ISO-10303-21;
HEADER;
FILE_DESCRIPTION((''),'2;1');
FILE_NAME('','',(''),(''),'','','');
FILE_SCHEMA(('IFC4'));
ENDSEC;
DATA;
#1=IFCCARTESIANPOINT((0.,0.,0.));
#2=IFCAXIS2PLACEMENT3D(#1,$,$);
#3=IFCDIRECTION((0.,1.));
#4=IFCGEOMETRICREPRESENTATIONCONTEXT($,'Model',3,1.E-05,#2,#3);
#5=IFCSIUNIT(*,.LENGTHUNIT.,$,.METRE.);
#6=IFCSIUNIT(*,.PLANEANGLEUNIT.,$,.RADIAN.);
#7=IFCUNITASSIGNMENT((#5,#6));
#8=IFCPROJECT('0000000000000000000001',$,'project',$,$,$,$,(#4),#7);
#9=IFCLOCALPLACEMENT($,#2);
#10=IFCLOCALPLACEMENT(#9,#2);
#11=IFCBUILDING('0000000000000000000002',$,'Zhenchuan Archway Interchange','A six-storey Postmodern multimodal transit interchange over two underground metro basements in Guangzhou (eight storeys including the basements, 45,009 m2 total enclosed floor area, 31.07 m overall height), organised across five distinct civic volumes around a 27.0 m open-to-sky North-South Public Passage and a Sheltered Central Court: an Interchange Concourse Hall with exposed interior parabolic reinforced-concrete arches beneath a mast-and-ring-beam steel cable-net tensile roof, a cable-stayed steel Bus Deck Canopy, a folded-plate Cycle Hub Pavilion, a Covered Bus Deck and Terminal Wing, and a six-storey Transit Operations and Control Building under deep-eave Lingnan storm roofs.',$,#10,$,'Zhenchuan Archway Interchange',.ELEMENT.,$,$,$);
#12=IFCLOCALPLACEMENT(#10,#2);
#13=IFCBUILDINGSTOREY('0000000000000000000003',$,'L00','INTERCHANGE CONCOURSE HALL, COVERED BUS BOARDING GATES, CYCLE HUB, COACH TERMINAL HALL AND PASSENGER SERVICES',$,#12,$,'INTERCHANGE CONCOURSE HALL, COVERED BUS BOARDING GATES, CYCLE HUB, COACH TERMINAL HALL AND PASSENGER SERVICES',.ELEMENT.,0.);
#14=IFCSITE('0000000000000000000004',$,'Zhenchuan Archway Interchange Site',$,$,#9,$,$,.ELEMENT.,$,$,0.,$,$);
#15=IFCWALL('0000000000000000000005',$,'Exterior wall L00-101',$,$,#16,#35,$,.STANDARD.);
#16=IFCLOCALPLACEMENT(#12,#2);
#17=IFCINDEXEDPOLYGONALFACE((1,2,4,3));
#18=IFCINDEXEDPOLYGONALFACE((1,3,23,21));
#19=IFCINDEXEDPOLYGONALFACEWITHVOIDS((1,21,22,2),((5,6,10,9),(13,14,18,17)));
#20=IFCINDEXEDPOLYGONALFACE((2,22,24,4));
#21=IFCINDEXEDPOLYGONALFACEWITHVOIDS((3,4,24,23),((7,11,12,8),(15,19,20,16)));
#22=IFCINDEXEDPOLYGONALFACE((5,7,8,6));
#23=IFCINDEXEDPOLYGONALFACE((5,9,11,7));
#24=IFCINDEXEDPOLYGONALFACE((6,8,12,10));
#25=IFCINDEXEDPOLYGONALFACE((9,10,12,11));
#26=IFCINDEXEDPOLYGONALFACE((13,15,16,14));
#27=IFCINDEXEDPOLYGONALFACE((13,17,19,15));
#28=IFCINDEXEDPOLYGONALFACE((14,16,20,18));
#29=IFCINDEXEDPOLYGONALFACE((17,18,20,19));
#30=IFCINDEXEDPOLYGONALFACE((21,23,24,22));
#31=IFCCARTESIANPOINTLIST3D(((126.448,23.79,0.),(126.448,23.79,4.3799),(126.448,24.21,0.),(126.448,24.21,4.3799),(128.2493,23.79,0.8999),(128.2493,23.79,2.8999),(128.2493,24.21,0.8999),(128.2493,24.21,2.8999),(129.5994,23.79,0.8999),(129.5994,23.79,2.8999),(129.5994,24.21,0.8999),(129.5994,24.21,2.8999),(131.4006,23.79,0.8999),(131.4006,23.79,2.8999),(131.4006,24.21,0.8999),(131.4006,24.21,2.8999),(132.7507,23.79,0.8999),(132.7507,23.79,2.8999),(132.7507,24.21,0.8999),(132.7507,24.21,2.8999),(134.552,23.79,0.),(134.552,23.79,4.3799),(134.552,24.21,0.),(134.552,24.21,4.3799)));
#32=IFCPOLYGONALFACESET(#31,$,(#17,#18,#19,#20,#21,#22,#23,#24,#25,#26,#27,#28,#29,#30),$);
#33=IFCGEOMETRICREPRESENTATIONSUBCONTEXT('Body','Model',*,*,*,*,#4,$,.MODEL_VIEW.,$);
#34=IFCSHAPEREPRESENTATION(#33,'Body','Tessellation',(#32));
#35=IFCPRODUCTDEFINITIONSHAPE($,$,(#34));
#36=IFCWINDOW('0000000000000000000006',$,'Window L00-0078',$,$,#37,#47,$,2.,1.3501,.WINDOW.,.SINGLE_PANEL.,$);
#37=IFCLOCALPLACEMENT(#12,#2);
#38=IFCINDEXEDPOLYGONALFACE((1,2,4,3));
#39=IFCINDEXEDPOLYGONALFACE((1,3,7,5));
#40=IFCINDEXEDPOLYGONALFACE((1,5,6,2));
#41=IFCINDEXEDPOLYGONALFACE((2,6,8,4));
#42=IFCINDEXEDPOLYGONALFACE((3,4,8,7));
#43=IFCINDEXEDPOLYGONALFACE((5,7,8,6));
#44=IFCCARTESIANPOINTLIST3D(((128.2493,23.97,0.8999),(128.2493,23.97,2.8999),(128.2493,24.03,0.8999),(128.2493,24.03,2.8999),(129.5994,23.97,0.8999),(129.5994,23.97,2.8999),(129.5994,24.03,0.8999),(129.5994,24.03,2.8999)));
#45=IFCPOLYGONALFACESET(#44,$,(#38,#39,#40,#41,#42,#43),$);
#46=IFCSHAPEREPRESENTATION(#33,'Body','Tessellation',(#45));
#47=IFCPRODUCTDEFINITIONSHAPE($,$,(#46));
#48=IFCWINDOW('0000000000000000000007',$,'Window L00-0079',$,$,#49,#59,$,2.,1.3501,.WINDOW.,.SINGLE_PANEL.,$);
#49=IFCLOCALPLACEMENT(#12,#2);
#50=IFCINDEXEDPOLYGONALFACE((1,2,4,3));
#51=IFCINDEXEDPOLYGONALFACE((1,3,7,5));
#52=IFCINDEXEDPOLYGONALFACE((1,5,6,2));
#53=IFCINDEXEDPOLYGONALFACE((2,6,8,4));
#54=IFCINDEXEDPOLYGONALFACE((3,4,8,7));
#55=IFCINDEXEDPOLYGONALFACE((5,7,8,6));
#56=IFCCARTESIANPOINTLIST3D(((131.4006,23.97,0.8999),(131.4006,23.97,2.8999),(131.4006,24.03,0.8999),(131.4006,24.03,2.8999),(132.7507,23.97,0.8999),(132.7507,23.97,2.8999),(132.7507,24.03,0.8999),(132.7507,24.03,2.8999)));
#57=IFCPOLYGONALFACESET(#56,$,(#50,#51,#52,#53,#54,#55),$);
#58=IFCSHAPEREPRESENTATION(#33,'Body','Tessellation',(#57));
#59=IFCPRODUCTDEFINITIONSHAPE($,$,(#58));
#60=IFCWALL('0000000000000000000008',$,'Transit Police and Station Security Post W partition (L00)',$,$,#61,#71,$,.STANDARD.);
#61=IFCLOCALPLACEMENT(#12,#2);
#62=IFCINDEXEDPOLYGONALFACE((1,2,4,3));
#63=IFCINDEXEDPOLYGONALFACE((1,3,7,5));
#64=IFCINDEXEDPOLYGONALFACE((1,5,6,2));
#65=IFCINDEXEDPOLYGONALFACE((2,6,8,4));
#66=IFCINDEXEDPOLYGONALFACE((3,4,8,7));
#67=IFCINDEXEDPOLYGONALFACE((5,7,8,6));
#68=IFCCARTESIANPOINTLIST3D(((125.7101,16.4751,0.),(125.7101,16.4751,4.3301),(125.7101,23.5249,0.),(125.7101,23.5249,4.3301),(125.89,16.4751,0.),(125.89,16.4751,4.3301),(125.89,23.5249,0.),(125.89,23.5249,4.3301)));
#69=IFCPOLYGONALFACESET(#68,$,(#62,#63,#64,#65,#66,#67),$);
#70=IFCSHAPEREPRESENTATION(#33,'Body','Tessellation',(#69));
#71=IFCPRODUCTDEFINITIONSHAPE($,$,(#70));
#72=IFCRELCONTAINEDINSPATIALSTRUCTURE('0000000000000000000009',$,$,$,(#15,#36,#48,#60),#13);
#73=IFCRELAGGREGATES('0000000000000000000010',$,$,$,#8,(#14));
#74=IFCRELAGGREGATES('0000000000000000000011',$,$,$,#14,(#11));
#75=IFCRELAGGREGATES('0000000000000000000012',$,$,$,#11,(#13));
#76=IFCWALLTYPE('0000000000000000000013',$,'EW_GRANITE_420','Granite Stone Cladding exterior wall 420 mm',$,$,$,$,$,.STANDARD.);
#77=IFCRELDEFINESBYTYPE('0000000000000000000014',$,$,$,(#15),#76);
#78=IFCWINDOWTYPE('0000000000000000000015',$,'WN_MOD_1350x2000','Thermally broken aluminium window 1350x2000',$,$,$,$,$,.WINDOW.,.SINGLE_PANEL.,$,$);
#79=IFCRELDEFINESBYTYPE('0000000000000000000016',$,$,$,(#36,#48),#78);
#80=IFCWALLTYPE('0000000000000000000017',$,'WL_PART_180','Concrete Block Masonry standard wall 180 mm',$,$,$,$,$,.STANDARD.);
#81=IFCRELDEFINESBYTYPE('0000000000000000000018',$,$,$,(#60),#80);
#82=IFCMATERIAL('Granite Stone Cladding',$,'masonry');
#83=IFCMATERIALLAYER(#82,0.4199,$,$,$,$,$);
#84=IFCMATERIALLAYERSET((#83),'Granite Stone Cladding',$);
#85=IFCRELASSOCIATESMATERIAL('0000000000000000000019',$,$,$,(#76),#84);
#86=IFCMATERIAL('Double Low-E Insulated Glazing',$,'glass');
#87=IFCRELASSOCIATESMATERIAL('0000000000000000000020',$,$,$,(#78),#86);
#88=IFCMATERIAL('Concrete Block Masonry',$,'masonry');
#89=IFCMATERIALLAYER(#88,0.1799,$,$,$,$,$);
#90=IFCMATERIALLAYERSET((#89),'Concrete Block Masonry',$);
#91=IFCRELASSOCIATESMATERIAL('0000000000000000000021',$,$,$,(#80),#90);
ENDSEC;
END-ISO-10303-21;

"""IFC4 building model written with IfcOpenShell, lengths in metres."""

from ifc_helpers import new_model, si_unit, direction, frame, frame_2d, origin, place, context, subcontext, project, spatial, rectangle, extrude, material, layer, layer_set, type_object, element, fill, save


model = new_model("IFC4")

# Units and contexts
model_context = context("Model", 3, precision=1e-05, world=origin(), true_north=direction((0.0, 1.0)))
body_context = subcontext(model_context, "Body", "Model", "MODEL_VIEW")
ifc_project = project(units=[si_unit("LENGTHUNIT", "METRE"), si_unit("PLANEANGLEUNIT", "RADIAN")], contexts=[model_context])

# Site, building, storey
site_placement = place(None, origin())
site = spatial("IfcSite", under=ifc_project, at=site_placement, Name="Zhenchuan Archway Interchange Site", CompositionType="ELEMENT", RefElevation=0.0)
building_placement = place(site_placement, origin())
building = spatial("IfcBuilding", under=site, at=building_placement, Name="Zhenchuan Archway Interchange", Description="A six-storey Postmodern multimodal transit interchange over two underground metro basements in Guangzhou (eight storeys including the basements, 45,009 m2 total enclosed floor area, 31.07 m overall height), organised across five distinct civic volumes around a 27.0 m open-to-sky North-South Public Passage and a Sheltered Central Court: an Interchange Concourse Hall with exposed interior parabolic reinforced-concrete arches beneath a mast-and-ring-beam steel cable-net tensile roof, a cable-stayed steel Bus Deck Canopy, a folded-plate Cycle Hub Pavilion, a Covered Bus Deck and Terminal Wing, and a six-storey Transit Operations and Control Building under deep-eave Lingnan storm roofs.", LongName="Zhenchuan Archway Interchange", CompositionType="ELEMENT")
storey_placement = place(building_placement, origin())
storey = spatial("IfcBuildingStorey", under=building, at=storey_placement, Name="L00", Description="INTERCHANGE CONCOURSE HALL, COVERED BUS BOARDING GATES, CYCLE HUB, COACH TERMINAL HALL AND PASSENGER SERVICES", LongName="INTERCHANGE CONCOURSE HALL, COVERED BUS BOARDING GATES, CYCLE HUB, COACH TERMINAL HALL AND PASSENGER SERVICES", CompositionType="ELEMENT", Elevation=0.0)

# Wall, openings, windows
ifc_material_1 = material(Name="Granite Stone Cladding", Category="masonry")
ifc_layer_1 = layer(ifc_material_1, 0.4199)
ifc_layer_set_1 = layer_set([ifc_layer_1], Name="Granite Stone Cladding")
wall_type_1 = type_object("IfcWallType", Name="EW_GRANITE_420", Description="Granite Stone Cladding exterior wall 420 mm", PredefinedType="STANDARD", material=ifc_layer_set_1)
wall_1_placement = place(storey_placement, frame((126.448, 24.0, 0.0), z_axis=(0.0, 0.0, 1.0), x_axis=(1.0, 0.0, 0.0)))
wall_1 = element("IfcWall", 1, at=wall_1_placement, inside=storey, type_object=wall_type_1, Name="Exterior wall L00-101", PredefinedType="STANDARD", context=body_context, shape_type="SweptSolid", body=[
    extrude(rectangle(XDim=8.104, YDim=0.4199, at=frame_2d((4.052, 0.0))), origin(), (0.0, 0.0, 1.0), 4.3799),
])
opening_1_placement = place(wall_1_placement, frame((1.8013, 0.0, 0.8999)))
opening_1 = element("IfcOpeningElement", 2, at=opening_1_placement, cuts=wall_1, PredefinedType="OPENING", context=body_context, shape_type="SweptSolid", body=[
    extrude(rectangle(XDim=1.3501, YDim=2.0, at=frame_2d((0.675, 1.0))), frame((0.0, 0.2219, 0.0), z_axis=(0.0, -1.0, 0.0), x_axis=(1.0, 0.0, 0.0)), (0.0, 0.0, 1.0), 0.4438),
])
opening_2_placement = place(wall_1_placement, frame((4.9526, 0.0, 0.8999)))
opening_2 = element("IfcOpeningElement", 3, at=opening_2_placement, cuts=wall_1, PredefinedType="OPENING", context=body_context, shape_type="SweptSolid", body=[
    extrude(rectangle(XDim=1.3501, YDim=2.0, at=frame_2d((0.675, 1.0))), frame((0.0, 0.2219, 0.0), z_axis=(0.0, -1.0, 0.0), x_axis=(1.0, 0.0, 0.0)), (0.0, 0.0, 1.0), 0.4438),
])
ifc_material_2 = material(Name="Double Low-E Insulated Glazing", Category="glass")
window_type = type_object("IfcWindowType", Name="WN_MOD_1350x2000", Description="Thermally broken aluminium window 1350x2000", PartitioningType="SINGLE_PANEL", PredefinedType="WINDOW", material=ifc_material_2)
window_1_placement = place(opening_1_placement, origin())
window_1 = element("IfcWindow", 4, at=window_1_placement, inside=storey, type_object=window_type, Name="Window L00-0078", OverallHeight=2.0, OverallWidth=1.3501, PartitioningType="SINGLE_PANEL", PredefinedType="WINDOW", context=body_context, shape_type="SweptSolid", body=[
    extrude(rectangle(XDim=1.3501, YDim=2.0, at=frame_2d((0.675, 1.0))), frame((0.0, 0.03, 0.0), z_axis=(0.0, -1.0, 0.0), x_axis=(1.0, 0.0, 0.0)), (0.0, 0.0, 1.0), 0.0601),
])
fill(opening_1, window_1)
window_2_placement = place(opening_2_placement, origin())
window_2 = element("IfcWindow", 5, at=window_2_placement, inside=storey, type_object=window_type, Name="Window L00-0079", OverallHeight=2.0, OverallWidth=1.3501, PartitioningType="SINGLE_PANEL", PredefinedType="WINDOW", context=body_context, shape_type="SweptSolid", body=[
    extrude(rectangle(XDim=1.3501, YDim=2.0, at=frame_2d((0.675, 1.0))), frame((0.0, 0.03, 0.0), z_axis=(0.0, -1.0, 0.0), x_axis=(1.0, 0.0, 0.0)), (0.0, 0.0, 1.0), 0.0601),
])
fill(opening_2, window_2)

# Wall
ifc_material_3 = material(Name="Concrete Block Masonry", Category="masonry")
ifc_layer_2 = layer(ifc_material_3, 0.1799)
ifc_layer_set_2 = layer_set([ifc_layer_2], Name="Concrete Block Masonry")
wall_type_2 = type_object("IfcWallType", Name="WL_PART_180", Description="Concrete Block Masonry standard wall 180 mm", PredefinedType="STANDARD", material=ifc_layer_set_2)
wall_2_placement = place(storey_placement, frame((125.8, 16.4751, 0.0), z_axis=(0.0, 0.0, 1.0), x_axis=(0.0, 1.0, 0.0)))
element("IfcWall", 6, at=wall_2_placement, inside=storey, type_object=wall_type_2, Name="Transit Police and Station Security Post W partition (L00)", PredefinedType="STANDARD", context=body_context, shape_type="SweptSolid", body=[
    extrude(rectangle(XDim=7.0498, YDim=0.1799, at=frame_2d((3.5249, 0.0))), origin(), (0.0, 0.0, 1.0), 4.3301),
])

save(model, "model.ifc")
